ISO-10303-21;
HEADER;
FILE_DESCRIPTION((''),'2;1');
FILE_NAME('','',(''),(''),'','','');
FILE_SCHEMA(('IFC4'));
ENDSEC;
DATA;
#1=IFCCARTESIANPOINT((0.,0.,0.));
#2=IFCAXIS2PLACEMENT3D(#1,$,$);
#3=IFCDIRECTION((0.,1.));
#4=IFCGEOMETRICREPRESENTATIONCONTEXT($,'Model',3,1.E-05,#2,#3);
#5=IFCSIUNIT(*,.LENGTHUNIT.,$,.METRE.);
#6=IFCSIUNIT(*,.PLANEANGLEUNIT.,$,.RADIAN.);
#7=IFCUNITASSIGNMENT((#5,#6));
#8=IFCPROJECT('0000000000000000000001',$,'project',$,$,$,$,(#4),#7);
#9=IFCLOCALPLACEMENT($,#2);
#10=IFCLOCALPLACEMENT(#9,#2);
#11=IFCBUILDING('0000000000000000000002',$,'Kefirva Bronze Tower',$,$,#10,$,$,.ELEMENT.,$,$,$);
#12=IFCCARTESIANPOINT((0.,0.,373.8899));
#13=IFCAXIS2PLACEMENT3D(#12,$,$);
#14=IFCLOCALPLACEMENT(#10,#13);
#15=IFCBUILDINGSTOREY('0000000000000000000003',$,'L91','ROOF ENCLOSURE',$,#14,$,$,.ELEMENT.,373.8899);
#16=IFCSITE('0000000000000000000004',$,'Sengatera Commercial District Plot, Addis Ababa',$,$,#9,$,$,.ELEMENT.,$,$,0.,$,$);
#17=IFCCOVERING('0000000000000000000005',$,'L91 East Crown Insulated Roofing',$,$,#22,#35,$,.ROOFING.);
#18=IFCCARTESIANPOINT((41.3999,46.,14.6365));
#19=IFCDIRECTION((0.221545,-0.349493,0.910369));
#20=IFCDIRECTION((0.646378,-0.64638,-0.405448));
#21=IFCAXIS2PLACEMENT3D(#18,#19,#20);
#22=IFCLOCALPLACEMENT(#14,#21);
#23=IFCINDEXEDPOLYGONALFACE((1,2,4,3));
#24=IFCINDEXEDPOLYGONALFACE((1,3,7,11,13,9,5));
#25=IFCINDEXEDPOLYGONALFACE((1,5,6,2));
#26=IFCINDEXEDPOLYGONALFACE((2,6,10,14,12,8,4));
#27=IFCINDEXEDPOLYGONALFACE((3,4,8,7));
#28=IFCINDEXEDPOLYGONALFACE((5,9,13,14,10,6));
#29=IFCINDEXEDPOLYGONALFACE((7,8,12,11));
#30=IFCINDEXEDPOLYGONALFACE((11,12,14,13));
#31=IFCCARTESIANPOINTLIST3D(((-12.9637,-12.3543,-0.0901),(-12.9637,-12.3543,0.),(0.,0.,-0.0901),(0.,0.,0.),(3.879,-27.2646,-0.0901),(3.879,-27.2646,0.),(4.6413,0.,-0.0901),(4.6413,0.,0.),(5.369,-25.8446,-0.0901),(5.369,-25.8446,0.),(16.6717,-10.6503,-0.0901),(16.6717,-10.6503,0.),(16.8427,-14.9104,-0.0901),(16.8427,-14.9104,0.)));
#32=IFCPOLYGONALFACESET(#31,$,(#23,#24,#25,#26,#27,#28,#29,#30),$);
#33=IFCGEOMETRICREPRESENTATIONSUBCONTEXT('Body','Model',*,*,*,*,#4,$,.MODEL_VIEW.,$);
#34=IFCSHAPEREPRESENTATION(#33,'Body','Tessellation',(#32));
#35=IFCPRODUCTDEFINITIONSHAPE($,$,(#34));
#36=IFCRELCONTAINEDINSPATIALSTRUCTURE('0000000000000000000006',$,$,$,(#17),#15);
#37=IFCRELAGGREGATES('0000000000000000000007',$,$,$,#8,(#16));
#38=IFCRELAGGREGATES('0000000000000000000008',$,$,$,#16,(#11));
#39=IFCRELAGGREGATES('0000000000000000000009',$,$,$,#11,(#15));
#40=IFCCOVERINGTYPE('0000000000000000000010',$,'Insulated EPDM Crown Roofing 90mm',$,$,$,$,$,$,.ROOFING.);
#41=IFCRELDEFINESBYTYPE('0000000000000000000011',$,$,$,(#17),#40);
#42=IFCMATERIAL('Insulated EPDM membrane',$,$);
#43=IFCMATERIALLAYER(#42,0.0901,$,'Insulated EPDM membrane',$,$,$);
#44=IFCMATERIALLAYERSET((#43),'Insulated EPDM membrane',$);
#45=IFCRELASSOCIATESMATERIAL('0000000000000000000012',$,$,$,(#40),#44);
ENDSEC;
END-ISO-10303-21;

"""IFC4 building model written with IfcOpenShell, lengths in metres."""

from ifc_helpers import new_model, si_unit, direction, frame, origin, place, context, subcontext, project, spatial, polyline, outline, extrude, material, layer, layer_set, type_object, element, save


model = new_model("IFC4")

# Units and contexts
model_context = context("Model", 3, precision=1e-05, world=origin(), true_north=direction((0.0, 1.0)))
body_context = subcontext(model_context, "Body", "Model", "MODEL_VIEW")
ifc_project = project(units=[si_unit("LENGTHUNIT", "METRE"), si_unit("PLANEANGLEUNIT", "RADIAN")], contexts=[model_context])

# Site, building, storey
site_placement = place(None, origin())
site = spatial("IfcSite", under=ifc_project, at=site_placement, Name="Sengatera Commercial District Plot, Addis Ababa", CompositionType="ELEMENT", RefElevation=0.0)
building_placement = place(site_placement, origin())
building = spatial("IfcBuilding", under=site, at=building_placement, Name="Kefirva Bronze Tower", CompositionType="ELEMENT")
storey_placement = place(building_placement, frame((0.0, 0.0, 373.8899)))
storey = spatial("IfcBuildingStorey", under=building, at=storey_placement, Name="L91", Description="ROOF ENCLOSURE", CompositionType="ELEMENT", Elevation=373.8899)

# Covering
ifc_material_1 = material(Name="Insulated EPDM membrane")
ifc_layer_1 = layer(ifc_material_1, 0.0901, Name="Insulated EPDM membrane")
ifc_layer_set_1 = layer_set([ifc_layer_1], Name="Insulated EPDM membrane")
covering_type_1 = type_object("IfcCoveringType", Name="Insulated EPDM Crown Roofing 90mm", PredefinedType="ROOFING", material=ifc_layer_set_1)
covering_1_placement = place(storey_placement, frame((41.3999, 46.0, 14.6365), z_axis=(0.221545, -0.349493, 0.910369), x_axis=(0.646378, -0.64638, -0.405448)))
element("IfcCovering", 1, at=covering_1_placement, inside=storey, type_object=covering_type_1, Name="L91 East Crown Insulated Roofing", PredefinedType="ROOFING", context=body_context, shape_type="SweptSolid", body=[
    extrude(outline(polyline([(0.0, 0.0), (4.6413, 0.0), (16.6717, -10.6503), (16.8427, -14.9104), (5.369, -25.8446), (3.879, -27.2646), (-12.9637, -12.3543), (0.0, 0.0)])), origin(), (0.0, 0.0, -1.0), 0.0901),
])

save(model, "model.ifc")
